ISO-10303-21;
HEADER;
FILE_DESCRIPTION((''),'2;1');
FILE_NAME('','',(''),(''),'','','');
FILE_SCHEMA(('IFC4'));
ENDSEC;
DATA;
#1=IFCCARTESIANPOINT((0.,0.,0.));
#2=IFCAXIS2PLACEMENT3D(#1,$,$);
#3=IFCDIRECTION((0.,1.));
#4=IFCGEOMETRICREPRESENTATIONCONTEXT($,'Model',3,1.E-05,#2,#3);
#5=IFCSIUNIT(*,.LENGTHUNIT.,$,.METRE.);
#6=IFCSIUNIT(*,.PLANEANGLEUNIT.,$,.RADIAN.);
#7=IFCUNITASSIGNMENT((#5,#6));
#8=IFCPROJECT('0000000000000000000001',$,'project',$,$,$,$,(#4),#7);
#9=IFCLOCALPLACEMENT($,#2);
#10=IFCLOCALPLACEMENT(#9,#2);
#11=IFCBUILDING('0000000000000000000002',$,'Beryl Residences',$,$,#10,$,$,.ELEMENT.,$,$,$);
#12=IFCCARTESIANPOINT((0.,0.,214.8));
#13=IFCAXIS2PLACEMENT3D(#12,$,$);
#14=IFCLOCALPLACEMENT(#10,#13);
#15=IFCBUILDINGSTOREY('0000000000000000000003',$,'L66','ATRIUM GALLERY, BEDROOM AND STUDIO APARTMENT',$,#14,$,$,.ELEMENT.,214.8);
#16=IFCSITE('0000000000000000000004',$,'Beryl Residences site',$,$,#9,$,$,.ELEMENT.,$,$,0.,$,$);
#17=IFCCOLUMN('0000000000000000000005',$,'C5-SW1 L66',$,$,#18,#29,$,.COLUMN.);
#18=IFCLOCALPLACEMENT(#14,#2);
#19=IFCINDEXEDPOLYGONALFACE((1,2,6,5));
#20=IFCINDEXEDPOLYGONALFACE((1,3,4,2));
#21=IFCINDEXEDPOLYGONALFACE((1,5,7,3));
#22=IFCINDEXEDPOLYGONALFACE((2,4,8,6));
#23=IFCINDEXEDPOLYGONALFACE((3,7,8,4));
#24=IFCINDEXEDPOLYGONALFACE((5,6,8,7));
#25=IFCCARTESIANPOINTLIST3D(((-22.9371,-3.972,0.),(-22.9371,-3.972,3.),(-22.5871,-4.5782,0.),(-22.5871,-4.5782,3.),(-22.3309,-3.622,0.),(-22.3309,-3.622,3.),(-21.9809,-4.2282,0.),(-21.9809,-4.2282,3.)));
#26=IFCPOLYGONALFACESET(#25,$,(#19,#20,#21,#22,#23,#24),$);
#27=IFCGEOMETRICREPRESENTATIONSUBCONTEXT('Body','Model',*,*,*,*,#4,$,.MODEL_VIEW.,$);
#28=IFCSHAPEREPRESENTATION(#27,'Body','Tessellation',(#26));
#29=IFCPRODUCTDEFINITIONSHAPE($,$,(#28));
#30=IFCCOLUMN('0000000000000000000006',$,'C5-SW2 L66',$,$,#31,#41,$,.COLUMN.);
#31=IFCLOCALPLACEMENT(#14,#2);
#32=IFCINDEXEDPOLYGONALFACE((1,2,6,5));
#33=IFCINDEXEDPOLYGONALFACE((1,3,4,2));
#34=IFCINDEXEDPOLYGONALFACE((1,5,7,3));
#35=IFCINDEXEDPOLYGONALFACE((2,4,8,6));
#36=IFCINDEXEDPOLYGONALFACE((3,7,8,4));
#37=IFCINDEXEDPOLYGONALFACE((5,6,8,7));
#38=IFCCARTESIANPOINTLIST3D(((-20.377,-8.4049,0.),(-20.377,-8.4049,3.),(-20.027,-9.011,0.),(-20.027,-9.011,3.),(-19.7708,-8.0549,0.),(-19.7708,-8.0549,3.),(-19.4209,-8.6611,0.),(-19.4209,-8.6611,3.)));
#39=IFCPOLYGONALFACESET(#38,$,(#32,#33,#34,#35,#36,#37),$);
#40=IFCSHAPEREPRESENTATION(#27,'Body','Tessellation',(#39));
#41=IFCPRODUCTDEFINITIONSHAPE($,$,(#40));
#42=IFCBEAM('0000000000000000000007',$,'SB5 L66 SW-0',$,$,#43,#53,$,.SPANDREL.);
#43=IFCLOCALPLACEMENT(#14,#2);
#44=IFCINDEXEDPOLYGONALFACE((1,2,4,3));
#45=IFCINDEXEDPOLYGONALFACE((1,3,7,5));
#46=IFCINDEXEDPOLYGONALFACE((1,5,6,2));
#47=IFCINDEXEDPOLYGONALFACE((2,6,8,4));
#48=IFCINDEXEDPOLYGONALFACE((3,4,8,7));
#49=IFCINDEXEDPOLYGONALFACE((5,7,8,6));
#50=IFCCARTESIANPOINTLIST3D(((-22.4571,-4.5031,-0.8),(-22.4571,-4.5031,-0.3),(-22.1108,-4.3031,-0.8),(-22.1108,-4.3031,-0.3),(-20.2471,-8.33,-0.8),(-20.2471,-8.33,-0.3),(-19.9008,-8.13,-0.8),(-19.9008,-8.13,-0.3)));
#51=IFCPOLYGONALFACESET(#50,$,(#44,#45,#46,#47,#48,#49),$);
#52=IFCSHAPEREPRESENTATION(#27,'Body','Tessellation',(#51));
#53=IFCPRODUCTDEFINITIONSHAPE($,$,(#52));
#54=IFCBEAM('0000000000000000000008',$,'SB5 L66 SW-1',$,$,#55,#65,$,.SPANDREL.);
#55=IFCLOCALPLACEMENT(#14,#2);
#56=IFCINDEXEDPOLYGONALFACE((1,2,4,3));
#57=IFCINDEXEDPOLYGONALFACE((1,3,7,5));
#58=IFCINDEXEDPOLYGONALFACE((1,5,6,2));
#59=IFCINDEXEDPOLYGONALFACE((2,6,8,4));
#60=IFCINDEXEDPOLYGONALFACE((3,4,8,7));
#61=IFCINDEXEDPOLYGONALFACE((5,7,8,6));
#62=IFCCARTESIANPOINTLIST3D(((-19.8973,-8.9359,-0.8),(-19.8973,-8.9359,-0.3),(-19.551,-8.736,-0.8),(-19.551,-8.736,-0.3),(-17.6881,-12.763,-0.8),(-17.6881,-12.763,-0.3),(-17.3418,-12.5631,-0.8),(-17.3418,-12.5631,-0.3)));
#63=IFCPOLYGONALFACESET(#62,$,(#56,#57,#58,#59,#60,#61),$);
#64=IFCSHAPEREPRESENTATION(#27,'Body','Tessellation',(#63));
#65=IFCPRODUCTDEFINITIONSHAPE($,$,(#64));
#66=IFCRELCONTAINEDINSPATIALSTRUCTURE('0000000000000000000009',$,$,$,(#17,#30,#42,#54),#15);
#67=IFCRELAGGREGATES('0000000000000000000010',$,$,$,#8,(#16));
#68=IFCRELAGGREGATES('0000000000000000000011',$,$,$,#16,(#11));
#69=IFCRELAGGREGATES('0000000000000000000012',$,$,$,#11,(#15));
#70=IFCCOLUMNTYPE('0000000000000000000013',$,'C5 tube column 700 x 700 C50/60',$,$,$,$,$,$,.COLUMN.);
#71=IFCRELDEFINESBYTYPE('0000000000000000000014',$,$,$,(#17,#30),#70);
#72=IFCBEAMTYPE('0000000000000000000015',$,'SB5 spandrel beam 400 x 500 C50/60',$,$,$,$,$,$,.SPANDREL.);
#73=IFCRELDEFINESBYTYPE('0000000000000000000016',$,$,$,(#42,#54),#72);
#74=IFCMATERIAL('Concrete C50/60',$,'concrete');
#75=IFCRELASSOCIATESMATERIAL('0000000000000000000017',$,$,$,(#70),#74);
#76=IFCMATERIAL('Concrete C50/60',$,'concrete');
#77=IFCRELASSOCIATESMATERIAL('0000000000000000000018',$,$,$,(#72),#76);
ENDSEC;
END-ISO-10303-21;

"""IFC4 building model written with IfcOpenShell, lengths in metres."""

from ifc_helpers import new_model, si_unit, direction, frame, origin, origin_2d, place, context, subcontext, project, spatial, rectangle, extrude, material, material_profile, profile_set, type_object, element, save


model = new_model("IFC4")

# Units and contexts
model_context = context("Model", 3, precision=1e-05, world=origin(), true_north=direction((0.0, 1.0)))
body_context = subcontext(model_context, "Body", "Model", "MODEL_VIEW")
ifc_project = project(units=[si_unit("LENGTHUNIT", "METRE"), si_unit("PLANEANGLEUNIT", "RADIAN")], contexts=[model_context])

# Site, building, storey
site_placement = place(None, origin())
site = spatial("IfcSite", under=ifc_project, at=site_placement, Name="Beryl Residences site", CompositionType="ELEMENT", RefElevation=0.0)
building_placement = place(site_placement, origin())
building = spatial("IfcBuilding", under=site, at=building_placement, Name="Beryl Residences", CompositionType="ELEMENT")
storey_placement = place(building_placement, frame((0.0, 0.0, 214.8)))
storey = spatial("IfcBuildingStorey", under=building, at=storey_placement, Name="L66", Description="ATRIUM GALLERY, BEDROOM AND STUDIO APARTMENT", CompositionType="ELEMENT", Elevation=214.8)

# Columns
ifc_material_1 = material(Name="Concrete C50/60", Category="concrete")
ifc_material_profile_1 = material_profile(ifc_material_1, rectangle(XDim=0.7, YDim=0.7, at=origin_2d()))
ifc_profile_set_1 = profile_set([ifc_material_profile_1], Name="Concrete C50/60")
column_type = type_object("IfcColumnType", Name="C5 tube column 700 x 700 C50/60", PredefinedType="COLUMN", material=ifc_profile_set_1)
for number, where, z_axis, x_axis, name in (
    (1, (-22.459, -4.1001, 0.0), (0.0, 0.0, 1.0), (0.499985, -0.866034, 0.0), "C5-SW1 L66"),
    (2, (-19.8989, -8.533, 0.0), (0.0, 0.0, 1.0), (0.499985, -0.866034, 0.0), "C5-SW2 L66"),
):
    element("IfcColumn", number, at=place(storey_placement, frame(where, z_axis=z_axis, x_axis=x_axis)), inside=storey, type_object=column_type, Name=name, PredefinedType="COLUMN", context=body_context, shape_type="SweptSolid", body=[
        extrude(rectangle(XDim=0.7, YDim=0.7, at=origin_2d()), origin(), (0.0, 0.0, 1.0), 3.0),
    ])

# Beams
ifc_material_2 = material(Name="Concrete C50/60", Category="concrete")
ifc_material_profile_2 = material_profile(ifc_material_2, rectangle(XDim=0.3999, YDim=0.5, at=origin_2d()))
ifc_profile_set_2 = profile_set([ifc_material_profile_2], Name="Concrete C50/60")
beam_type = type_object("IfcBeamType", Name="SB5 spandrel beam 400 x 500 C50/60", PredefinedType="SPANDREL", material=ifc_profile_set_2)
beam_1_placement = place(storey_placement, frame((-22.2839, -4.4031, -0.55), z_axis=(0.500084, -0.865977, 0.0), x_axis=(0.865977, 0.500084, 0.0)))
element("IfcBeam", 3, at=beam_1_placement, inside=storey, type_object=beam_type, Name="SB5 L66 SW-0", PredefinedType="SPANDREL", context=body_context, shape_type="SweptSolid", body=[
    extrude(rectangle(XDim=0.3999, YDim=0.5, at=origin_2d()), origin(), (0.0, 0.0, 1.0), 4.4192),
])
beam_2_placement = place(storey_placement, frame((-19.7241, -8.8359, -0.55), z_axis=(0.499936, -0.866062, 0.0), x_axis=(0.866062, 0.499936, 0.0)))
element("IfcBeam", 4, at=beam_2_placement, inside=storey, type_object=beam_type, Name="SB5 L66 SW-1", PredefinedType="SPANDREL", context=body_context, shape_type="SweptSolid", body=[
    extrude(rectangle(XDim=0.3999, YDim=0.5, at=origin_2d()), origin(), (0.0, 0.0, 1.0), 4.4189),
])

save(model, "model.ifc")
